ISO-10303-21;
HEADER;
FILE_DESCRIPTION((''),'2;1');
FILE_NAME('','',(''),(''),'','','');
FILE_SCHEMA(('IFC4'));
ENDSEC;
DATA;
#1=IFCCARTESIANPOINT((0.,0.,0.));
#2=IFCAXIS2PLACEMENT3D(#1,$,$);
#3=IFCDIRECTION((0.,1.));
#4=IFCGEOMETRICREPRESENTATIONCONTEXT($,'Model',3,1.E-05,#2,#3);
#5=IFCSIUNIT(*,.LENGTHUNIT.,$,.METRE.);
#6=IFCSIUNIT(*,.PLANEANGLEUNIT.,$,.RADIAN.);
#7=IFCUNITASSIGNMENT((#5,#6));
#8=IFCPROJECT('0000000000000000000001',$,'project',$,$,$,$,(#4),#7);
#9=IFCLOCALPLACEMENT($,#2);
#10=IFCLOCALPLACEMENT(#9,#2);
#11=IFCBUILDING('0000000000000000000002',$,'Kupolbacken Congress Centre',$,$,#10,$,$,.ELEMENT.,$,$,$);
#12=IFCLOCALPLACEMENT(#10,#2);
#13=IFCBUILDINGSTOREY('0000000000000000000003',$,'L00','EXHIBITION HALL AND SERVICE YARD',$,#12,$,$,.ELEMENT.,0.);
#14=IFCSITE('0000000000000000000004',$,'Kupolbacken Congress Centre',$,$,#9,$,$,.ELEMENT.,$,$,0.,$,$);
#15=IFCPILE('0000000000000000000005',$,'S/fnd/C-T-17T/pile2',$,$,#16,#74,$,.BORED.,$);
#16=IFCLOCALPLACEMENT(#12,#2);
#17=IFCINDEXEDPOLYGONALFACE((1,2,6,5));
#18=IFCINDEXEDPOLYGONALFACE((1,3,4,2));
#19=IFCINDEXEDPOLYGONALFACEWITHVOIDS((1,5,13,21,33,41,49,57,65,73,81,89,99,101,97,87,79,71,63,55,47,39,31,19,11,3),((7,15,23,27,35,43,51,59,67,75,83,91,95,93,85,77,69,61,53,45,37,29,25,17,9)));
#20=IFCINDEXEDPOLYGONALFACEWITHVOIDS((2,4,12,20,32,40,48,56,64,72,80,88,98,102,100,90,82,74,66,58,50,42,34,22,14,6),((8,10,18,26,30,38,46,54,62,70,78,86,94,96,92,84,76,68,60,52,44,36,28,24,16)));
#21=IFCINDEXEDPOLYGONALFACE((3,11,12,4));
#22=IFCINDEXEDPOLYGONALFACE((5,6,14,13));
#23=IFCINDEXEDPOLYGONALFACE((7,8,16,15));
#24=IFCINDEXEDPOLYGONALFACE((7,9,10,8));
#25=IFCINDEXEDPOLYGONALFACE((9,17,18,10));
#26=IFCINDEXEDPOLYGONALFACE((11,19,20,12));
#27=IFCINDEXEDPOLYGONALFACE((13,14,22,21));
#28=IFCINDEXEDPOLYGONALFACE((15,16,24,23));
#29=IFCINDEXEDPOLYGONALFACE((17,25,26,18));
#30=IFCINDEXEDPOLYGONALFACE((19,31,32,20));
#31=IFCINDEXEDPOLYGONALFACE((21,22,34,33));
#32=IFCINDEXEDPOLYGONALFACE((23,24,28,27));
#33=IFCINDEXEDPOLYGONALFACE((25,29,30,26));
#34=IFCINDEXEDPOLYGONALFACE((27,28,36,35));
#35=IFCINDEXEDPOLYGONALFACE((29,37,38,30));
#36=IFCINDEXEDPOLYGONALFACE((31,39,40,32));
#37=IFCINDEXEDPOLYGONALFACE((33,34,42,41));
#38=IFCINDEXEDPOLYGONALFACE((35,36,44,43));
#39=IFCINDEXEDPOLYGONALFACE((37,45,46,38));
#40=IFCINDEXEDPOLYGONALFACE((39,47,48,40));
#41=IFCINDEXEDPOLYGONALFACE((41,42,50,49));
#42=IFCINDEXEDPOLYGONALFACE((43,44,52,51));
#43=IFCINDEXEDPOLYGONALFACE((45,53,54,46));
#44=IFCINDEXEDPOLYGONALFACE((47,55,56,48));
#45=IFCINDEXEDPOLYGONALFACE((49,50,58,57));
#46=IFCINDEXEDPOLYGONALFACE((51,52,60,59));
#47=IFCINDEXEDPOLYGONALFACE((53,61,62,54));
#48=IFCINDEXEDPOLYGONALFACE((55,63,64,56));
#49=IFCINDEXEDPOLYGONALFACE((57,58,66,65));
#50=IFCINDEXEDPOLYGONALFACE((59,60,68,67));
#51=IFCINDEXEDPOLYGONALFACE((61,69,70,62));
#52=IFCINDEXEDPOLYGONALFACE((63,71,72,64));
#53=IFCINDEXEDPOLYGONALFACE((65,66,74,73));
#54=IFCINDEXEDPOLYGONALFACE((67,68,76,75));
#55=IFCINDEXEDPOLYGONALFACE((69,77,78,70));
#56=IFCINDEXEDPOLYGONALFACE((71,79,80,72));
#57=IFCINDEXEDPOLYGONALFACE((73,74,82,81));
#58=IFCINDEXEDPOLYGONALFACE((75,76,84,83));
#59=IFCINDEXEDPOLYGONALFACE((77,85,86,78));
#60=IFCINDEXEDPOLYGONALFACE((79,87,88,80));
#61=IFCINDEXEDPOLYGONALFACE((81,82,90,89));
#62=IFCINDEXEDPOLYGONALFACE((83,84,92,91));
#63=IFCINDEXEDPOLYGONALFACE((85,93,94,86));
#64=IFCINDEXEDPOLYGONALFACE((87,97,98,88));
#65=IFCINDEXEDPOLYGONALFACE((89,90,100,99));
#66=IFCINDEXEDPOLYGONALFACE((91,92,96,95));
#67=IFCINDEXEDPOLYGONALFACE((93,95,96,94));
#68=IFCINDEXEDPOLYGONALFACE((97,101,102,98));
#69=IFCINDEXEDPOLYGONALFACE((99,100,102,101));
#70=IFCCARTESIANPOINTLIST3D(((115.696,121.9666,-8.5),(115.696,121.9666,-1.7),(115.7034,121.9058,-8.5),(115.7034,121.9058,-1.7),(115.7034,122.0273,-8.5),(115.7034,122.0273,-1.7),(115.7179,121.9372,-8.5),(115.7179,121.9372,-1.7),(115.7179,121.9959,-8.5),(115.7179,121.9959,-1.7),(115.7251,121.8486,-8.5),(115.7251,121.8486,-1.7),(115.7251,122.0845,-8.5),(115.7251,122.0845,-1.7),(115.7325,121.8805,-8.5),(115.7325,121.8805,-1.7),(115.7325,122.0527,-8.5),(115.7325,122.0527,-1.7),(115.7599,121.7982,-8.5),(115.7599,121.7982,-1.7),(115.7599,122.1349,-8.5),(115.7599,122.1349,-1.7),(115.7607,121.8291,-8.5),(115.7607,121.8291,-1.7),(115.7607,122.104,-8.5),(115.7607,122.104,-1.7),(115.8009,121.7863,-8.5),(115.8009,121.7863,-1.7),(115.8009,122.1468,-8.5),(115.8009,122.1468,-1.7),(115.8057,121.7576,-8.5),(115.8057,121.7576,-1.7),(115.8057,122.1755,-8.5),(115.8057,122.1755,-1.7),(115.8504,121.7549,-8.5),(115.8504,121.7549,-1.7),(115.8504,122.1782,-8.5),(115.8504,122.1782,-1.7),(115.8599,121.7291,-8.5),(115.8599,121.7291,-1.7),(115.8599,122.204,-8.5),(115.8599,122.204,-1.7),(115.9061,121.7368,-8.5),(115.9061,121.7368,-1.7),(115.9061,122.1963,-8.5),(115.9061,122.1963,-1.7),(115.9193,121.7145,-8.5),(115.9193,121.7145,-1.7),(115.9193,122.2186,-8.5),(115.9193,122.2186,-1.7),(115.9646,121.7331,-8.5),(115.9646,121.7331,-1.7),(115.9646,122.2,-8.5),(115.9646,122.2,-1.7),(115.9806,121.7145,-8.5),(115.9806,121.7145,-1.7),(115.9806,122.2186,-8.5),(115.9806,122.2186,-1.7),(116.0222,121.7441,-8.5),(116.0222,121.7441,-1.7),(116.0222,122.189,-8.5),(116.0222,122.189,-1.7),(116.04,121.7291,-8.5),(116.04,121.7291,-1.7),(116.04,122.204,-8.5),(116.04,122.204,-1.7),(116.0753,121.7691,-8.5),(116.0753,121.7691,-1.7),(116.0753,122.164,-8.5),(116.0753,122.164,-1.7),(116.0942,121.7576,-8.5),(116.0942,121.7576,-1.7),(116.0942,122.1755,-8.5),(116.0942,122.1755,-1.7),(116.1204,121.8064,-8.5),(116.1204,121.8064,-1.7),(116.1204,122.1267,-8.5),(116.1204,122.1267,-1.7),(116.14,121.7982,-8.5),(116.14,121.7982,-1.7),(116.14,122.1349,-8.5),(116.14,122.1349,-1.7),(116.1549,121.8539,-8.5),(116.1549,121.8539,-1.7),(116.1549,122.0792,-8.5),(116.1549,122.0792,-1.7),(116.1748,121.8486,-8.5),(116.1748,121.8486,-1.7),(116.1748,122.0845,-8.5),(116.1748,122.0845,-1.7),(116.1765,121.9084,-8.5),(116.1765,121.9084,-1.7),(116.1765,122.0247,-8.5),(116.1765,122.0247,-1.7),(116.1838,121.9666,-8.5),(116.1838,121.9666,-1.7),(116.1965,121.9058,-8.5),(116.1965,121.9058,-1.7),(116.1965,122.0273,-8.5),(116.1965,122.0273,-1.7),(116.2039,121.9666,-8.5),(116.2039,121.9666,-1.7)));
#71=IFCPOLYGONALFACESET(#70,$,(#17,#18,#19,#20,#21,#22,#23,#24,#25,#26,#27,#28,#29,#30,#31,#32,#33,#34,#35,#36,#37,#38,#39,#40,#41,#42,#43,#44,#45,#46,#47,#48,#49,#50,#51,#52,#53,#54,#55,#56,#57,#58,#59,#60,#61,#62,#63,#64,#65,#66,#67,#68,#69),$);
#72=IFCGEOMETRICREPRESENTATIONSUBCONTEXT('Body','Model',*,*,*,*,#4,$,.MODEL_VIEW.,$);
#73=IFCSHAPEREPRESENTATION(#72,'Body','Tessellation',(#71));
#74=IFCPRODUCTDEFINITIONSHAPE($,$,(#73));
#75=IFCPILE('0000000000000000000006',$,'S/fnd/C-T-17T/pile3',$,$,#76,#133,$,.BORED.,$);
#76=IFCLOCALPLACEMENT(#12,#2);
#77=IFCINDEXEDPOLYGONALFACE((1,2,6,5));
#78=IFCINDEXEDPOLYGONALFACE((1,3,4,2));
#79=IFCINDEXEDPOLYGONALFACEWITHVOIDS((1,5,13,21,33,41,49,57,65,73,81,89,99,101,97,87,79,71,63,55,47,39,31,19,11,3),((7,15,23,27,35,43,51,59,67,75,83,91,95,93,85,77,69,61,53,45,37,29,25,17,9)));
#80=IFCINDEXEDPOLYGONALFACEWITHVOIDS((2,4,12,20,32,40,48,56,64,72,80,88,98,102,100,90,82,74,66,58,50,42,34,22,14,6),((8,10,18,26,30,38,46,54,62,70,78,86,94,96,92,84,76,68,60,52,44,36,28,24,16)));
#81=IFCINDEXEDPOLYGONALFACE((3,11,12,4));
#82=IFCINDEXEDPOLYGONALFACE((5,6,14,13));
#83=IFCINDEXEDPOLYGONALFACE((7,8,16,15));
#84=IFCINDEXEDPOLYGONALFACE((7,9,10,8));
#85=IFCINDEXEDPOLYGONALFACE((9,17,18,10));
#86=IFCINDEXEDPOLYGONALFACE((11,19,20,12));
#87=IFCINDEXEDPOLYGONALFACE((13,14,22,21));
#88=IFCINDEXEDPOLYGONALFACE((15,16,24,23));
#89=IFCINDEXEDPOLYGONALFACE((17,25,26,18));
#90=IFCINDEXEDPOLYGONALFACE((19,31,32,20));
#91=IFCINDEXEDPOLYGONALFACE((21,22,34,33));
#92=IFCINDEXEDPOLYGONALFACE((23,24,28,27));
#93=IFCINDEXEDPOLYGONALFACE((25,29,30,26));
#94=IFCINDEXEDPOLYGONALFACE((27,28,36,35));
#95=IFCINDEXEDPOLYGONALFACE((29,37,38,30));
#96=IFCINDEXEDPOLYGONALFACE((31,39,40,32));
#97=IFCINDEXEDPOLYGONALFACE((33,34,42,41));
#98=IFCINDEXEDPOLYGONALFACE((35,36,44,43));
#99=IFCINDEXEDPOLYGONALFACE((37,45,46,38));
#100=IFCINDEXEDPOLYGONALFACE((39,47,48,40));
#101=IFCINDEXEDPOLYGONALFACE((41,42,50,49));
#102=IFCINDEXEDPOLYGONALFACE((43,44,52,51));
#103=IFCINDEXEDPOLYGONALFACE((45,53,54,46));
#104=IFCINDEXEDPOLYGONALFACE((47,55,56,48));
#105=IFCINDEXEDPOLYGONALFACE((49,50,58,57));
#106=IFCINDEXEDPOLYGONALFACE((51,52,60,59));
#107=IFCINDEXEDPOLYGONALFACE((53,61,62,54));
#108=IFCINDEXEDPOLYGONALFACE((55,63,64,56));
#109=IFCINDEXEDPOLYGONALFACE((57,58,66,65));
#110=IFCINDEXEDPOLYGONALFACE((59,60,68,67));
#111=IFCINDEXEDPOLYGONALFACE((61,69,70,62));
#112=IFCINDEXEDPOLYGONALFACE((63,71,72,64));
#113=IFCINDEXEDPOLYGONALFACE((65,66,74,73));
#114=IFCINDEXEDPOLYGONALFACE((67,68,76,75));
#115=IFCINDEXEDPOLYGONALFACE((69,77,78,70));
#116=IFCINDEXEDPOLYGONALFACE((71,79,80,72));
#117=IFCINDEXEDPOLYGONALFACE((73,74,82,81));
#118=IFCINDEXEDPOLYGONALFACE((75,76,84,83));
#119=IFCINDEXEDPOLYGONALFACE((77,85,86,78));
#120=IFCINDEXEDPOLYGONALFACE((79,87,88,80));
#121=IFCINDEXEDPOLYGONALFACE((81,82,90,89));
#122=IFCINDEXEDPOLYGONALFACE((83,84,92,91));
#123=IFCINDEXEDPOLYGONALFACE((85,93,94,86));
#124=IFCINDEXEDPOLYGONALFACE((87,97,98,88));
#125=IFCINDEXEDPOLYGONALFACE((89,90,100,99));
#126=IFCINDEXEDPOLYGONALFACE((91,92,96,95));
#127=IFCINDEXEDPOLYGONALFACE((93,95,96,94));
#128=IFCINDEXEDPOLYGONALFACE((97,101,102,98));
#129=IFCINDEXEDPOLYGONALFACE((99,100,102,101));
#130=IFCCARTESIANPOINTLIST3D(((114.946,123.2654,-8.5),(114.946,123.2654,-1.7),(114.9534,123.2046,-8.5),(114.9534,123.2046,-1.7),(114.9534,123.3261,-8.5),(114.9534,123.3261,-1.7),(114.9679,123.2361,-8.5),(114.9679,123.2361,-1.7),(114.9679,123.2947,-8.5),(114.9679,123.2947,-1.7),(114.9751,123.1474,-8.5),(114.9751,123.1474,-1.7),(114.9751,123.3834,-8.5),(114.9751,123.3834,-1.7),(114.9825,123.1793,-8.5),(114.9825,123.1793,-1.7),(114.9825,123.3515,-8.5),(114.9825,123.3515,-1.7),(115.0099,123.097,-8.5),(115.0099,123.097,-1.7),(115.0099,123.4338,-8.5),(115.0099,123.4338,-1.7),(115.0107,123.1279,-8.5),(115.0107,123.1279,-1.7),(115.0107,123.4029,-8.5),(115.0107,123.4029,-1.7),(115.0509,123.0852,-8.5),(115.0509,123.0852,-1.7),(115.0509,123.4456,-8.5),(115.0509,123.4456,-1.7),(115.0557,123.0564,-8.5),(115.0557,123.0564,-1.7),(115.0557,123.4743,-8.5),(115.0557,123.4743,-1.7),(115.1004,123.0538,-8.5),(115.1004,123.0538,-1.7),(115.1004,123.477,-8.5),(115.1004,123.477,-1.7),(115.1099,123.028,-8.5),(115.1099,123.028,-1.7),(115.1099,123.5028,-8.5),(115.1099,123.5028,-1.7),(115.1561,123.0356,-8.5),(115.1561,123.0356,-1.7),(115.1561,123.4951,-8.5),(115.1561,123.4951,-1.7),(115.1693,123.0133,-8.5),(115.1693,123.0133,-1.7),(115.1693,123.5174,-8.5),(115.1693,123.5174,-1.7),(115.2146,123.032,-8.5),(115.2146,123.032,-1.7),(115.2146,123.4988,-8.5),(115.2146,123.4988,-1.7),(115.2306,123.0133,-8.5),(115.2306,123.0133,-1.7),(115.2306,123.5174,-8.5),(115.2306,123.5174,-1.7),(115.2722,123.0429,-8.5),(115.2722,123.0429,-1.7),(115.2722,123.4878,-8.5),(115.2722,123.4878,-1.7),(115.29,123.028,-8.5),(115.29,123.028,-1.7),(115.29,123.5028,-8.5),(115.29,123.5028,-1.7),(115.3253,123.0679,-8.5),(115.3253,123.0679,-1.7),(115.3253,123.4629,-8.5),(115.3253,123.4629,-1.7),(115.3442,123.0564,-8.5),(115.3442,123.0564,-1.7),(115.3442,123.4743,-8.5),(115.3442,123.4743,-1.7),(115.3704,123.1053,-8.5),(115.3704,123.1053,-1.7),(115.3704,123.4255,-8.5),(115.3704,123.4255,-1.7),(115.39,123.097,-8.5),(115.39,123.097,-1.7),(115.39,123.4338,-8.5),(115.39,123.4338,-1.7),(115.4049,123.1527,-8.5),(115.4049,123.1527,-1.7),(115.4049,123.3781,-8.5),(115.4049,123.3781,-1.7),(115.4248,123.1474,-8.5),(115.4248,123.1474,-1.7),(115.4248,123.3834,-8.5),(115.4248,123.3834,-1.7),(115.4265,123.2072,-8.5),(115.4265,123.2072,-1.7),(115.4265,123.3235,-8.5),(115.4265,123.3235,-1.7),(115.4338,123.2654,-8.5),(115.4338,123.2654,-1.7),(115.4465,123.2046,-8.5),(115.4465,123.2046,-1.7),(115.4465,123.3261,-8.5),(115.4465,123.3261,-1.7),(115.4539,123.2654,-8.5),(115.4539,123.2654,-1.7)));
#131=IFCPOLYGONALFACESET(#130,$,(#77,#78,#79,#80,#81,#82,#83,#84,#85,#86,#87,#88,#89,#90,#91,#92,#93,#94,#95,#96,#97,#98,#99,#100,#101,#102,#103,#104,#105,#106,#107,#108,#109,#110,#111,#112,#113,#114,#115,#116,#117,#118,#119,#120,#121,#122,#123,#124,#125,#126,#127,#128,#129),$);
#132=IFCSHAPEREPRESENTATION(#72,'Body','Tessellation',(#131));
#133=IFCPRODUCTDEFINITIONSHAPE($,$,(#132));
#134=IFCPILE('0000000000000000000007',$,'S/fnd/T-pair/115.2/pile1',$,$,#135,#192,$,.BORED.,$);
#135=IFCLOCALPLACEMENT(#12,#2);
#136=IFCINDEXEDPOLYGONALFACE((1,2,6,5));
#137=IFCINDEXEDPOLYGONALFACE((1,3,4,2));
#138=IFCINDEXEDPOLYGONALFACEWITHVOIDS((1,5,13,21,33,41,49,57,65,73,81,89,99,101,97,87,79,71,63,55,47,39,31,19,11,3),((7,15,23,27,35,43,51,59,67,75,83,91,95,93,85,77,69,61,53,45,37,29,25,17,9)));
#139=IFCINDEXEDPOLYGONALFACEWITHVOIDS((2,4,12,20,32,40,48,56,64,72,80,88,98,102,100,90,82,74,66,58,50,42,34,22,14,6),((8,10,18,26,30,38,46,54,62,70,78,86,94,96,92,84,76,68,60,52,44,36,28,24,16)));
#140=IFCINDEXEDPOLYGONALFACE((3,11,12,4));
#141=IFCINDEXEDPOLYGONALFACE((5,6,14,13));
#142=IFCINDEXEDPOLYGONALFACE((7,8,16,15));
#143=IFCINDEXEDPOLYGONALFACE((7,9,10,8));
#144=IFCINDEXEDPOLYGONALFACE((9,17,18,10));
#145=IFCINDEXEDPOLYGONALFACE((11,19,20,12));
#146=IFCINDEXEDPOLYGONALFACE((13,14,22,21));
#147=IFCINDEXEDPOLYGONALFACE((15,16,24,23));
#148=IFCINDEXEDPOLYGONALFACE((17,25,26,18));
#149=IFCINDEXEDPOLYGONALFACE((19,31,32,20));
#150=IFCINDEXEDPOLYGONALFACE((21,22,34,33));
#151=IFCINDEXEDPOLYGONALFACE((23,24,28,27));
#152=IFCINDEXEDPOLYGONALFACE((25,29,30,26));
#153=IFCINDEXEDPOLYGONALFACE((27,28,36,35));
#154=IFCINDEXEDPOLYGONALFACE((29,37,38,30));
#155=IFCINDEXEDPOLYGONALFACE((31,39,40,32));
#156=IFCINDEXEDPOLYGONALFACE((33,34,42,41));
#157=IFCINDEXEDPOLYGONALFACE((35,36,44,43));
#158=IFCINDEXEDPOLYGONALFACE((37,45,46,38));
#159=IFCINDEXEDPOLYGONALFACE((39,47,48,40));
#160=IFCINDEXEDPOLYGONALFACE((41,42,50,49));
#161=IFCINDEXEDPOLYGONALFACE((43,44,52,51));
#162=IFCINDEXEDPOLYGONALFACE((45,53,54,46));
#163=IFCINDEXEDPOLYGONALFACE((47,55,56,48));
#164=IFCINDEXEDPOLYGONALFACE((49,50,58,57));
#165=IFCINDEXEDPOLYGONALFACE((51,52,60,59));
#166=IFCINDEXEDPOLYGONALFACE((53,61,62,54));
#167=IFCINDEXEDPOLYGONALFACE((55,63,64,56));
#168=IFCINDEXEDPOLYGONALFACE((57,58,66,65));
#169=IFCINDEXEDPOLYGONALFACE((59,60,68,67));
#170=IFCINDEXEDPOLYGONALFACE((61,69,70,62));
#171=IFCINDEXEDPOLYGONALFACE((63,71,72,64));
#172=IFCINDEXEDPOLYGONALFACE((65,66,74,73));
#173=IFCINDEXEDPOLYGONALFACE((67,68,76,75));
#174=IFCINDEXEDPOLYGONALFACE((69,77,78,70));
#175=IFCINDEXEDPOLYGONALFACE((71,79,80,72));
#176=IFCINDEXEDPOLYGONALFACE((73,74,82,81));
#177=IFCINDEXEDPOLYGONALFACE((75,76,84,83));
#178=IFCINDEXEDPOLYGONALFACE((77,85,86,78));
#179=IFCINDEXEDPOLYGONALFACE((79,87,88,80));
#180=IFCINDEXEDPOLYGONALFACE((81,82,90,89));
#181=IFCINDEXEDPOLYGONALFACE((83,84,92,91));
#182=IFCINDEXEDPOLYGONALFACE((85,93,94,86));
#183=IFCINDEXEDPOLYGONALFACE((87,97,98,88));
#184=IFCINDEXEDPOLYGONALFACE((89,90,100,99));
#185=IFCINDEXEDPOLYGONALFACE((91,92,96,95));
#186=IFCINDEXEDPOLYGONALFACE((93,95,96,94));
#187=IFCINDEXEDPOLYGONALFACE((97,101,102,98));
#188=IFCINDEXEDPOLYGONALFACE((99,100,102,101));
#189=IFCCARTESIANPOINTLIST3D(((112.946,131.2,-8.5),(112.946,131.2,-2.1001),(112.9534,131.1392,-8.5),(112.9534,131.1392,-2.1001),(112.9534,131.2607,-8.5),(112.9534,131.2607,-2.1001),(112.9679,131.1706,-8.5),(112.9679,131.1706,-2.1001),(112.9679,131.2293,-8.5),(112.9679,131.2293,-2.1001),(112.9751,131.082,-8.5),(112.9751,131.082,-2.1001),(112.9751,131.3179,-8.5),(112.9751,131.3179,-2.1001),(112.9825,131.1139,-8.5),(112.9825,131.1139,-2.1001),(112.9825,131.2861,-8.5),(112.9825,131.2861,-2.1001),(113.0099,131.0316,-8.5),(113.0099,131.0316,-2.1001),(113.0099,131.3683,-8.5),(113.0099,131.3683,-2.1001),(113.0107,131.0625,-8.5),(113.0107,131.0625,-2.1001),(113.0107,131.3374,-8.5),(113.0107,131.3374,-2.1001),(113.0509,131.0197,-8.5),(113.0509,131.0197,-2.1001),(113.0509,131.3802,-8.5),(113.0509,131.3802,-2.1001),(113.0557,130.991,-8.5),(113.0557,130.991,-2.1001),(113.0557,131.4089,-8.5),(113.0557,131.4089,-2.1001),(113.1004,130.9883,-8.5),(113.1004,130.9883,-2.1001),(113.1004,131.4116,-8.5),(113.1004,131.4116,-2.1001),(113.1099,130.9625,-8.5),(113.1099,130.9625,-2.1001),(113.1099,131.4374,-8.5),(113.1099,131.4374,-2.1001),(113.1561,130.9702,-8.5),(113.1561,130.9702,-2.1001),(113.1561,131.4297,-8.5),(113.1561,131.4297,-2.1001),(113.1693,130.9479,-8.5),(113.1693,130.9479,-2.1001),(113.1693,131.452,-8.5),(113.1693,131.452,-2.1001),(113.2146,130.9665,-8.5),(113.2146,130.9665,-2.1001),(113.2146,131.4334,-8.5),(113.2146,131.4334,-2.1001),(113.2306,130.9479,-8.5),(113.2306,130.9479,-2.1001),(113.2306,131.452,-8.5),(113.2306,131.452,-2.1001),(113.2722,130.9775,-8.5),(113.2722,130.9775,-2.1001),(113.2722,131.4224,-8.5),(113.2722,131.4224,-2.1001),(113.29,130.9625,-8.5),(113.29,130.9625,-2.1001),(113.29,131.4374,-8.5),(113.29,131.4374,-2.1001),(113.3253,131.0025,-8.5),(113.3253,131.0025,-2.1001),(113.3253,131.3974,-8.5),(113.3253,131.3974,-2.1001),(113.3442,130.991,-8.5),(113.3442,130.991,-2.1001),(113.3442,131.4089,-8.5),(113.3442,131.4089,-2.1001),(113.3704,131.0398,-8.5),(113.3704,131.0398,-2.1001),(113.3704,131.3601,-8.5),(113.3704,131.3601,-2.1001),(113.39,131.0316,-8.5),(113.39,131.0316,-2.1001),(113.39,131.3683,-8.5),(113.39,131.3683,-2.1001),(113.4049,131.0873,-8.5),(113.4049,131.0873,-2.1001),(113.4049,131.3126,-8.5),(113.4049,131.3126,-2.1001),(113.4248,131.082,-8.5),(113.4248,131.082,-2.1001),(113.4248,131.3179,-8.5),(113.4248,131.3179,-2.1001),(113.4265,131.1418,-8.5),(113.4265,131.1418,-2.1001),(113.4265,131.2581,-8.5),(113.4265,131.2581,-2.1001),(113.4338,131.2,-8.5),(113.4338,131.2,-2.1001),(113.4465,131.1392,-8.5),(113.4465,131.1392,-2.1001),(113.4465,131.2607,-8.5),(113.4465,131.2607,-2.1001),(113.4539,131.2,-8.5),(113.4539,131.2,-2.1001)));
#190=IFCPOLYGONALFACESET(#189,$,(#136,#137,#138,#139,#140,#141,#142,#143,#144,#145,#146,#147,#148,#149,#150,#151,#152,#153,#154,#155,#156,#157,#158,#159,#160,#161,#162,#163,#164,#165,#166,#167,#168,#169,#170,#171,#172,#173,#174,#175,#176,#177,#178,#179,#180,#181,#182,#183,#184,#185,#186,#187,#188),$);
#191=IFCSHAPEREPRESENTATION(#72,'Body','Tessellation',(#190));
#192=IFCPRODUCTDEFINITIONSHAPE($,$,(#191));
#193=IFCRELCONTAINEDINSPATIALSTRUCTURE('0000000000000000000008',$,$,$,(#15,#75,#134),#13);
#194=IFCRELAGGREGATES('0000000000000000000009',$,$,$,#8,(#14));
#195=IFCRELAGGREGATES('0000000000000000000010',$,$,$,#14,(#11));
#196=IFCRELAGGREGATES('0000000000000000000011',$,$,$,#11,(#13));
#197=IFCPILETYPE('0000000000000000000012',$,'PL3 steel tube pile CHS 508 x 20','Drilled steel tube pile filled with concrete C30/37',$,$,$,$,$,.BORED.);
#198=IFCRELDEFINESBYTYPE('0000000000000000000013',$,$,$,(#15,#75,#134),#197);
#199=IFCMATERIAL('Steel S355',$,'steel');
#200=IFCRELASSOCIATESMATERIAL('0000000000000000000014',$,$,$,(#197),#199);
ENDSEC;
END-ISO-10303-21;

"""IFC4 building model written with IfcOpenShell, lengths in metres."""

from ifc_helpers import new_model, si_unit, direction, frame, origin, origin_2d, place, context, subcontext, project, spatial, hollow_circle, extrude, material, material_profile, profile_set, type_object, element, save


model = new_model("IFC4")

# Units and contexts
model_context = context("Model", 3, precision=1e-05, world=origin(), true_north=direction((0.0, 1.0)))
body_context = subcontext(model_context, "Body", "Model", "MODEL_VIEW")
ifc_project = project(units=[si_unit("LENGTHUNIT", "METRE"), si_unit("PLANEANGLEUNIT", "RADIAN")], contexts=[model_context])

# Site, building, storey
site_placement = place(None, origin())
site = spatial("IfcSite", under=ifc_project, at=site_placement, Name="Kupolbacken Congress Centre", CompositionType="ELEMENT", RefElevation=0.0)
building_placement = place(site_placement, origin())
building = spatial("IfcBuilding", under=site, at=building_placement, Name="Kupolbacken Congress Centre", CompositionType="ELEMENT")
storey_placement = place(building_placement, origin())
storey = spatial("IfcBuildingStorey", under=building, at=storey_placement, Name="L00", Description="EXHIBITION HALL AND SERVICE YARD", CompositionType="ELEMENT", Elevation=0.0)

# Piles
ifc_material_1 = material(Name="Steel S355", Category="steel")
ifc_material_profile_1 = material_profile(ifc_material_1, hollow_circle(Radius=0.2539, WallThickness=0.02, at=origin_2d()), Name="CHS 508 x 20")
ifc_profile_set_1 = profile_set([ifc_material_profile_1], Name="Steel S355")
pile_type_1 = type_object("IfcPileType", Name="PL3 steel tube pile CHS 508 x 20", Description="Drilled steel tube pile filled with concrete C30/37", PredefinedType="BORED", material=ifc_profile_set_1)
for number, where, z_axis, x_axis, name in (
    (1, (115.95, 121.9666, -1.7), (0.0, 0.0, -1.0), (1.0, 0.0, 0.0), "S/fnd/C-T-17T/pile2"),
    (2, (115.2, 123.2654, -1.7), (0.0, 0.0, -1.0), (1.0, 0.0, 0.0), "S/fnd/C-T-17T/pile3"),
):
    element("IfcPile", number, at=place(storey_placement, frame(where, z_axis=z_axis, x_axis=x_axis)), inside=storey, type_object=pile_type_1, Name=name, PredefinedType="BORED", context=body_context, shape_type="SweptSolid", body=[
        extrude(hollow_circle(Radius=0.2539, WallThickness=0.02, at=origin_2d()), origin(), (0.0, 0.0, 1.0), 6.8),
    ])
for number, where, z_axis, x_axis, name in (
    (3, (113.2, 131.2, -2.1001), (0.0, 0.0, -1.0), (1.0, 0.0, 0.0), "S/fnd/T-pair/115.2/pile1"),
):
    element("IfcPile", number, at=place(storey_placement, frame(where, z_axis=z_axis, x_axis=x_axis)), inside=storey, type_object=pile_type_1, Name=name, PredefinedType="BORED", context=body_context, shape_type="SweptSolid", body=[
        extrude(hollow_circle(Radius=0.2539, WallThickness=0.02, at=origin_2d()), origin(), (0.0, 0.0, 1.0), 6.3999),
    ])

save(model, "model.ifc")
